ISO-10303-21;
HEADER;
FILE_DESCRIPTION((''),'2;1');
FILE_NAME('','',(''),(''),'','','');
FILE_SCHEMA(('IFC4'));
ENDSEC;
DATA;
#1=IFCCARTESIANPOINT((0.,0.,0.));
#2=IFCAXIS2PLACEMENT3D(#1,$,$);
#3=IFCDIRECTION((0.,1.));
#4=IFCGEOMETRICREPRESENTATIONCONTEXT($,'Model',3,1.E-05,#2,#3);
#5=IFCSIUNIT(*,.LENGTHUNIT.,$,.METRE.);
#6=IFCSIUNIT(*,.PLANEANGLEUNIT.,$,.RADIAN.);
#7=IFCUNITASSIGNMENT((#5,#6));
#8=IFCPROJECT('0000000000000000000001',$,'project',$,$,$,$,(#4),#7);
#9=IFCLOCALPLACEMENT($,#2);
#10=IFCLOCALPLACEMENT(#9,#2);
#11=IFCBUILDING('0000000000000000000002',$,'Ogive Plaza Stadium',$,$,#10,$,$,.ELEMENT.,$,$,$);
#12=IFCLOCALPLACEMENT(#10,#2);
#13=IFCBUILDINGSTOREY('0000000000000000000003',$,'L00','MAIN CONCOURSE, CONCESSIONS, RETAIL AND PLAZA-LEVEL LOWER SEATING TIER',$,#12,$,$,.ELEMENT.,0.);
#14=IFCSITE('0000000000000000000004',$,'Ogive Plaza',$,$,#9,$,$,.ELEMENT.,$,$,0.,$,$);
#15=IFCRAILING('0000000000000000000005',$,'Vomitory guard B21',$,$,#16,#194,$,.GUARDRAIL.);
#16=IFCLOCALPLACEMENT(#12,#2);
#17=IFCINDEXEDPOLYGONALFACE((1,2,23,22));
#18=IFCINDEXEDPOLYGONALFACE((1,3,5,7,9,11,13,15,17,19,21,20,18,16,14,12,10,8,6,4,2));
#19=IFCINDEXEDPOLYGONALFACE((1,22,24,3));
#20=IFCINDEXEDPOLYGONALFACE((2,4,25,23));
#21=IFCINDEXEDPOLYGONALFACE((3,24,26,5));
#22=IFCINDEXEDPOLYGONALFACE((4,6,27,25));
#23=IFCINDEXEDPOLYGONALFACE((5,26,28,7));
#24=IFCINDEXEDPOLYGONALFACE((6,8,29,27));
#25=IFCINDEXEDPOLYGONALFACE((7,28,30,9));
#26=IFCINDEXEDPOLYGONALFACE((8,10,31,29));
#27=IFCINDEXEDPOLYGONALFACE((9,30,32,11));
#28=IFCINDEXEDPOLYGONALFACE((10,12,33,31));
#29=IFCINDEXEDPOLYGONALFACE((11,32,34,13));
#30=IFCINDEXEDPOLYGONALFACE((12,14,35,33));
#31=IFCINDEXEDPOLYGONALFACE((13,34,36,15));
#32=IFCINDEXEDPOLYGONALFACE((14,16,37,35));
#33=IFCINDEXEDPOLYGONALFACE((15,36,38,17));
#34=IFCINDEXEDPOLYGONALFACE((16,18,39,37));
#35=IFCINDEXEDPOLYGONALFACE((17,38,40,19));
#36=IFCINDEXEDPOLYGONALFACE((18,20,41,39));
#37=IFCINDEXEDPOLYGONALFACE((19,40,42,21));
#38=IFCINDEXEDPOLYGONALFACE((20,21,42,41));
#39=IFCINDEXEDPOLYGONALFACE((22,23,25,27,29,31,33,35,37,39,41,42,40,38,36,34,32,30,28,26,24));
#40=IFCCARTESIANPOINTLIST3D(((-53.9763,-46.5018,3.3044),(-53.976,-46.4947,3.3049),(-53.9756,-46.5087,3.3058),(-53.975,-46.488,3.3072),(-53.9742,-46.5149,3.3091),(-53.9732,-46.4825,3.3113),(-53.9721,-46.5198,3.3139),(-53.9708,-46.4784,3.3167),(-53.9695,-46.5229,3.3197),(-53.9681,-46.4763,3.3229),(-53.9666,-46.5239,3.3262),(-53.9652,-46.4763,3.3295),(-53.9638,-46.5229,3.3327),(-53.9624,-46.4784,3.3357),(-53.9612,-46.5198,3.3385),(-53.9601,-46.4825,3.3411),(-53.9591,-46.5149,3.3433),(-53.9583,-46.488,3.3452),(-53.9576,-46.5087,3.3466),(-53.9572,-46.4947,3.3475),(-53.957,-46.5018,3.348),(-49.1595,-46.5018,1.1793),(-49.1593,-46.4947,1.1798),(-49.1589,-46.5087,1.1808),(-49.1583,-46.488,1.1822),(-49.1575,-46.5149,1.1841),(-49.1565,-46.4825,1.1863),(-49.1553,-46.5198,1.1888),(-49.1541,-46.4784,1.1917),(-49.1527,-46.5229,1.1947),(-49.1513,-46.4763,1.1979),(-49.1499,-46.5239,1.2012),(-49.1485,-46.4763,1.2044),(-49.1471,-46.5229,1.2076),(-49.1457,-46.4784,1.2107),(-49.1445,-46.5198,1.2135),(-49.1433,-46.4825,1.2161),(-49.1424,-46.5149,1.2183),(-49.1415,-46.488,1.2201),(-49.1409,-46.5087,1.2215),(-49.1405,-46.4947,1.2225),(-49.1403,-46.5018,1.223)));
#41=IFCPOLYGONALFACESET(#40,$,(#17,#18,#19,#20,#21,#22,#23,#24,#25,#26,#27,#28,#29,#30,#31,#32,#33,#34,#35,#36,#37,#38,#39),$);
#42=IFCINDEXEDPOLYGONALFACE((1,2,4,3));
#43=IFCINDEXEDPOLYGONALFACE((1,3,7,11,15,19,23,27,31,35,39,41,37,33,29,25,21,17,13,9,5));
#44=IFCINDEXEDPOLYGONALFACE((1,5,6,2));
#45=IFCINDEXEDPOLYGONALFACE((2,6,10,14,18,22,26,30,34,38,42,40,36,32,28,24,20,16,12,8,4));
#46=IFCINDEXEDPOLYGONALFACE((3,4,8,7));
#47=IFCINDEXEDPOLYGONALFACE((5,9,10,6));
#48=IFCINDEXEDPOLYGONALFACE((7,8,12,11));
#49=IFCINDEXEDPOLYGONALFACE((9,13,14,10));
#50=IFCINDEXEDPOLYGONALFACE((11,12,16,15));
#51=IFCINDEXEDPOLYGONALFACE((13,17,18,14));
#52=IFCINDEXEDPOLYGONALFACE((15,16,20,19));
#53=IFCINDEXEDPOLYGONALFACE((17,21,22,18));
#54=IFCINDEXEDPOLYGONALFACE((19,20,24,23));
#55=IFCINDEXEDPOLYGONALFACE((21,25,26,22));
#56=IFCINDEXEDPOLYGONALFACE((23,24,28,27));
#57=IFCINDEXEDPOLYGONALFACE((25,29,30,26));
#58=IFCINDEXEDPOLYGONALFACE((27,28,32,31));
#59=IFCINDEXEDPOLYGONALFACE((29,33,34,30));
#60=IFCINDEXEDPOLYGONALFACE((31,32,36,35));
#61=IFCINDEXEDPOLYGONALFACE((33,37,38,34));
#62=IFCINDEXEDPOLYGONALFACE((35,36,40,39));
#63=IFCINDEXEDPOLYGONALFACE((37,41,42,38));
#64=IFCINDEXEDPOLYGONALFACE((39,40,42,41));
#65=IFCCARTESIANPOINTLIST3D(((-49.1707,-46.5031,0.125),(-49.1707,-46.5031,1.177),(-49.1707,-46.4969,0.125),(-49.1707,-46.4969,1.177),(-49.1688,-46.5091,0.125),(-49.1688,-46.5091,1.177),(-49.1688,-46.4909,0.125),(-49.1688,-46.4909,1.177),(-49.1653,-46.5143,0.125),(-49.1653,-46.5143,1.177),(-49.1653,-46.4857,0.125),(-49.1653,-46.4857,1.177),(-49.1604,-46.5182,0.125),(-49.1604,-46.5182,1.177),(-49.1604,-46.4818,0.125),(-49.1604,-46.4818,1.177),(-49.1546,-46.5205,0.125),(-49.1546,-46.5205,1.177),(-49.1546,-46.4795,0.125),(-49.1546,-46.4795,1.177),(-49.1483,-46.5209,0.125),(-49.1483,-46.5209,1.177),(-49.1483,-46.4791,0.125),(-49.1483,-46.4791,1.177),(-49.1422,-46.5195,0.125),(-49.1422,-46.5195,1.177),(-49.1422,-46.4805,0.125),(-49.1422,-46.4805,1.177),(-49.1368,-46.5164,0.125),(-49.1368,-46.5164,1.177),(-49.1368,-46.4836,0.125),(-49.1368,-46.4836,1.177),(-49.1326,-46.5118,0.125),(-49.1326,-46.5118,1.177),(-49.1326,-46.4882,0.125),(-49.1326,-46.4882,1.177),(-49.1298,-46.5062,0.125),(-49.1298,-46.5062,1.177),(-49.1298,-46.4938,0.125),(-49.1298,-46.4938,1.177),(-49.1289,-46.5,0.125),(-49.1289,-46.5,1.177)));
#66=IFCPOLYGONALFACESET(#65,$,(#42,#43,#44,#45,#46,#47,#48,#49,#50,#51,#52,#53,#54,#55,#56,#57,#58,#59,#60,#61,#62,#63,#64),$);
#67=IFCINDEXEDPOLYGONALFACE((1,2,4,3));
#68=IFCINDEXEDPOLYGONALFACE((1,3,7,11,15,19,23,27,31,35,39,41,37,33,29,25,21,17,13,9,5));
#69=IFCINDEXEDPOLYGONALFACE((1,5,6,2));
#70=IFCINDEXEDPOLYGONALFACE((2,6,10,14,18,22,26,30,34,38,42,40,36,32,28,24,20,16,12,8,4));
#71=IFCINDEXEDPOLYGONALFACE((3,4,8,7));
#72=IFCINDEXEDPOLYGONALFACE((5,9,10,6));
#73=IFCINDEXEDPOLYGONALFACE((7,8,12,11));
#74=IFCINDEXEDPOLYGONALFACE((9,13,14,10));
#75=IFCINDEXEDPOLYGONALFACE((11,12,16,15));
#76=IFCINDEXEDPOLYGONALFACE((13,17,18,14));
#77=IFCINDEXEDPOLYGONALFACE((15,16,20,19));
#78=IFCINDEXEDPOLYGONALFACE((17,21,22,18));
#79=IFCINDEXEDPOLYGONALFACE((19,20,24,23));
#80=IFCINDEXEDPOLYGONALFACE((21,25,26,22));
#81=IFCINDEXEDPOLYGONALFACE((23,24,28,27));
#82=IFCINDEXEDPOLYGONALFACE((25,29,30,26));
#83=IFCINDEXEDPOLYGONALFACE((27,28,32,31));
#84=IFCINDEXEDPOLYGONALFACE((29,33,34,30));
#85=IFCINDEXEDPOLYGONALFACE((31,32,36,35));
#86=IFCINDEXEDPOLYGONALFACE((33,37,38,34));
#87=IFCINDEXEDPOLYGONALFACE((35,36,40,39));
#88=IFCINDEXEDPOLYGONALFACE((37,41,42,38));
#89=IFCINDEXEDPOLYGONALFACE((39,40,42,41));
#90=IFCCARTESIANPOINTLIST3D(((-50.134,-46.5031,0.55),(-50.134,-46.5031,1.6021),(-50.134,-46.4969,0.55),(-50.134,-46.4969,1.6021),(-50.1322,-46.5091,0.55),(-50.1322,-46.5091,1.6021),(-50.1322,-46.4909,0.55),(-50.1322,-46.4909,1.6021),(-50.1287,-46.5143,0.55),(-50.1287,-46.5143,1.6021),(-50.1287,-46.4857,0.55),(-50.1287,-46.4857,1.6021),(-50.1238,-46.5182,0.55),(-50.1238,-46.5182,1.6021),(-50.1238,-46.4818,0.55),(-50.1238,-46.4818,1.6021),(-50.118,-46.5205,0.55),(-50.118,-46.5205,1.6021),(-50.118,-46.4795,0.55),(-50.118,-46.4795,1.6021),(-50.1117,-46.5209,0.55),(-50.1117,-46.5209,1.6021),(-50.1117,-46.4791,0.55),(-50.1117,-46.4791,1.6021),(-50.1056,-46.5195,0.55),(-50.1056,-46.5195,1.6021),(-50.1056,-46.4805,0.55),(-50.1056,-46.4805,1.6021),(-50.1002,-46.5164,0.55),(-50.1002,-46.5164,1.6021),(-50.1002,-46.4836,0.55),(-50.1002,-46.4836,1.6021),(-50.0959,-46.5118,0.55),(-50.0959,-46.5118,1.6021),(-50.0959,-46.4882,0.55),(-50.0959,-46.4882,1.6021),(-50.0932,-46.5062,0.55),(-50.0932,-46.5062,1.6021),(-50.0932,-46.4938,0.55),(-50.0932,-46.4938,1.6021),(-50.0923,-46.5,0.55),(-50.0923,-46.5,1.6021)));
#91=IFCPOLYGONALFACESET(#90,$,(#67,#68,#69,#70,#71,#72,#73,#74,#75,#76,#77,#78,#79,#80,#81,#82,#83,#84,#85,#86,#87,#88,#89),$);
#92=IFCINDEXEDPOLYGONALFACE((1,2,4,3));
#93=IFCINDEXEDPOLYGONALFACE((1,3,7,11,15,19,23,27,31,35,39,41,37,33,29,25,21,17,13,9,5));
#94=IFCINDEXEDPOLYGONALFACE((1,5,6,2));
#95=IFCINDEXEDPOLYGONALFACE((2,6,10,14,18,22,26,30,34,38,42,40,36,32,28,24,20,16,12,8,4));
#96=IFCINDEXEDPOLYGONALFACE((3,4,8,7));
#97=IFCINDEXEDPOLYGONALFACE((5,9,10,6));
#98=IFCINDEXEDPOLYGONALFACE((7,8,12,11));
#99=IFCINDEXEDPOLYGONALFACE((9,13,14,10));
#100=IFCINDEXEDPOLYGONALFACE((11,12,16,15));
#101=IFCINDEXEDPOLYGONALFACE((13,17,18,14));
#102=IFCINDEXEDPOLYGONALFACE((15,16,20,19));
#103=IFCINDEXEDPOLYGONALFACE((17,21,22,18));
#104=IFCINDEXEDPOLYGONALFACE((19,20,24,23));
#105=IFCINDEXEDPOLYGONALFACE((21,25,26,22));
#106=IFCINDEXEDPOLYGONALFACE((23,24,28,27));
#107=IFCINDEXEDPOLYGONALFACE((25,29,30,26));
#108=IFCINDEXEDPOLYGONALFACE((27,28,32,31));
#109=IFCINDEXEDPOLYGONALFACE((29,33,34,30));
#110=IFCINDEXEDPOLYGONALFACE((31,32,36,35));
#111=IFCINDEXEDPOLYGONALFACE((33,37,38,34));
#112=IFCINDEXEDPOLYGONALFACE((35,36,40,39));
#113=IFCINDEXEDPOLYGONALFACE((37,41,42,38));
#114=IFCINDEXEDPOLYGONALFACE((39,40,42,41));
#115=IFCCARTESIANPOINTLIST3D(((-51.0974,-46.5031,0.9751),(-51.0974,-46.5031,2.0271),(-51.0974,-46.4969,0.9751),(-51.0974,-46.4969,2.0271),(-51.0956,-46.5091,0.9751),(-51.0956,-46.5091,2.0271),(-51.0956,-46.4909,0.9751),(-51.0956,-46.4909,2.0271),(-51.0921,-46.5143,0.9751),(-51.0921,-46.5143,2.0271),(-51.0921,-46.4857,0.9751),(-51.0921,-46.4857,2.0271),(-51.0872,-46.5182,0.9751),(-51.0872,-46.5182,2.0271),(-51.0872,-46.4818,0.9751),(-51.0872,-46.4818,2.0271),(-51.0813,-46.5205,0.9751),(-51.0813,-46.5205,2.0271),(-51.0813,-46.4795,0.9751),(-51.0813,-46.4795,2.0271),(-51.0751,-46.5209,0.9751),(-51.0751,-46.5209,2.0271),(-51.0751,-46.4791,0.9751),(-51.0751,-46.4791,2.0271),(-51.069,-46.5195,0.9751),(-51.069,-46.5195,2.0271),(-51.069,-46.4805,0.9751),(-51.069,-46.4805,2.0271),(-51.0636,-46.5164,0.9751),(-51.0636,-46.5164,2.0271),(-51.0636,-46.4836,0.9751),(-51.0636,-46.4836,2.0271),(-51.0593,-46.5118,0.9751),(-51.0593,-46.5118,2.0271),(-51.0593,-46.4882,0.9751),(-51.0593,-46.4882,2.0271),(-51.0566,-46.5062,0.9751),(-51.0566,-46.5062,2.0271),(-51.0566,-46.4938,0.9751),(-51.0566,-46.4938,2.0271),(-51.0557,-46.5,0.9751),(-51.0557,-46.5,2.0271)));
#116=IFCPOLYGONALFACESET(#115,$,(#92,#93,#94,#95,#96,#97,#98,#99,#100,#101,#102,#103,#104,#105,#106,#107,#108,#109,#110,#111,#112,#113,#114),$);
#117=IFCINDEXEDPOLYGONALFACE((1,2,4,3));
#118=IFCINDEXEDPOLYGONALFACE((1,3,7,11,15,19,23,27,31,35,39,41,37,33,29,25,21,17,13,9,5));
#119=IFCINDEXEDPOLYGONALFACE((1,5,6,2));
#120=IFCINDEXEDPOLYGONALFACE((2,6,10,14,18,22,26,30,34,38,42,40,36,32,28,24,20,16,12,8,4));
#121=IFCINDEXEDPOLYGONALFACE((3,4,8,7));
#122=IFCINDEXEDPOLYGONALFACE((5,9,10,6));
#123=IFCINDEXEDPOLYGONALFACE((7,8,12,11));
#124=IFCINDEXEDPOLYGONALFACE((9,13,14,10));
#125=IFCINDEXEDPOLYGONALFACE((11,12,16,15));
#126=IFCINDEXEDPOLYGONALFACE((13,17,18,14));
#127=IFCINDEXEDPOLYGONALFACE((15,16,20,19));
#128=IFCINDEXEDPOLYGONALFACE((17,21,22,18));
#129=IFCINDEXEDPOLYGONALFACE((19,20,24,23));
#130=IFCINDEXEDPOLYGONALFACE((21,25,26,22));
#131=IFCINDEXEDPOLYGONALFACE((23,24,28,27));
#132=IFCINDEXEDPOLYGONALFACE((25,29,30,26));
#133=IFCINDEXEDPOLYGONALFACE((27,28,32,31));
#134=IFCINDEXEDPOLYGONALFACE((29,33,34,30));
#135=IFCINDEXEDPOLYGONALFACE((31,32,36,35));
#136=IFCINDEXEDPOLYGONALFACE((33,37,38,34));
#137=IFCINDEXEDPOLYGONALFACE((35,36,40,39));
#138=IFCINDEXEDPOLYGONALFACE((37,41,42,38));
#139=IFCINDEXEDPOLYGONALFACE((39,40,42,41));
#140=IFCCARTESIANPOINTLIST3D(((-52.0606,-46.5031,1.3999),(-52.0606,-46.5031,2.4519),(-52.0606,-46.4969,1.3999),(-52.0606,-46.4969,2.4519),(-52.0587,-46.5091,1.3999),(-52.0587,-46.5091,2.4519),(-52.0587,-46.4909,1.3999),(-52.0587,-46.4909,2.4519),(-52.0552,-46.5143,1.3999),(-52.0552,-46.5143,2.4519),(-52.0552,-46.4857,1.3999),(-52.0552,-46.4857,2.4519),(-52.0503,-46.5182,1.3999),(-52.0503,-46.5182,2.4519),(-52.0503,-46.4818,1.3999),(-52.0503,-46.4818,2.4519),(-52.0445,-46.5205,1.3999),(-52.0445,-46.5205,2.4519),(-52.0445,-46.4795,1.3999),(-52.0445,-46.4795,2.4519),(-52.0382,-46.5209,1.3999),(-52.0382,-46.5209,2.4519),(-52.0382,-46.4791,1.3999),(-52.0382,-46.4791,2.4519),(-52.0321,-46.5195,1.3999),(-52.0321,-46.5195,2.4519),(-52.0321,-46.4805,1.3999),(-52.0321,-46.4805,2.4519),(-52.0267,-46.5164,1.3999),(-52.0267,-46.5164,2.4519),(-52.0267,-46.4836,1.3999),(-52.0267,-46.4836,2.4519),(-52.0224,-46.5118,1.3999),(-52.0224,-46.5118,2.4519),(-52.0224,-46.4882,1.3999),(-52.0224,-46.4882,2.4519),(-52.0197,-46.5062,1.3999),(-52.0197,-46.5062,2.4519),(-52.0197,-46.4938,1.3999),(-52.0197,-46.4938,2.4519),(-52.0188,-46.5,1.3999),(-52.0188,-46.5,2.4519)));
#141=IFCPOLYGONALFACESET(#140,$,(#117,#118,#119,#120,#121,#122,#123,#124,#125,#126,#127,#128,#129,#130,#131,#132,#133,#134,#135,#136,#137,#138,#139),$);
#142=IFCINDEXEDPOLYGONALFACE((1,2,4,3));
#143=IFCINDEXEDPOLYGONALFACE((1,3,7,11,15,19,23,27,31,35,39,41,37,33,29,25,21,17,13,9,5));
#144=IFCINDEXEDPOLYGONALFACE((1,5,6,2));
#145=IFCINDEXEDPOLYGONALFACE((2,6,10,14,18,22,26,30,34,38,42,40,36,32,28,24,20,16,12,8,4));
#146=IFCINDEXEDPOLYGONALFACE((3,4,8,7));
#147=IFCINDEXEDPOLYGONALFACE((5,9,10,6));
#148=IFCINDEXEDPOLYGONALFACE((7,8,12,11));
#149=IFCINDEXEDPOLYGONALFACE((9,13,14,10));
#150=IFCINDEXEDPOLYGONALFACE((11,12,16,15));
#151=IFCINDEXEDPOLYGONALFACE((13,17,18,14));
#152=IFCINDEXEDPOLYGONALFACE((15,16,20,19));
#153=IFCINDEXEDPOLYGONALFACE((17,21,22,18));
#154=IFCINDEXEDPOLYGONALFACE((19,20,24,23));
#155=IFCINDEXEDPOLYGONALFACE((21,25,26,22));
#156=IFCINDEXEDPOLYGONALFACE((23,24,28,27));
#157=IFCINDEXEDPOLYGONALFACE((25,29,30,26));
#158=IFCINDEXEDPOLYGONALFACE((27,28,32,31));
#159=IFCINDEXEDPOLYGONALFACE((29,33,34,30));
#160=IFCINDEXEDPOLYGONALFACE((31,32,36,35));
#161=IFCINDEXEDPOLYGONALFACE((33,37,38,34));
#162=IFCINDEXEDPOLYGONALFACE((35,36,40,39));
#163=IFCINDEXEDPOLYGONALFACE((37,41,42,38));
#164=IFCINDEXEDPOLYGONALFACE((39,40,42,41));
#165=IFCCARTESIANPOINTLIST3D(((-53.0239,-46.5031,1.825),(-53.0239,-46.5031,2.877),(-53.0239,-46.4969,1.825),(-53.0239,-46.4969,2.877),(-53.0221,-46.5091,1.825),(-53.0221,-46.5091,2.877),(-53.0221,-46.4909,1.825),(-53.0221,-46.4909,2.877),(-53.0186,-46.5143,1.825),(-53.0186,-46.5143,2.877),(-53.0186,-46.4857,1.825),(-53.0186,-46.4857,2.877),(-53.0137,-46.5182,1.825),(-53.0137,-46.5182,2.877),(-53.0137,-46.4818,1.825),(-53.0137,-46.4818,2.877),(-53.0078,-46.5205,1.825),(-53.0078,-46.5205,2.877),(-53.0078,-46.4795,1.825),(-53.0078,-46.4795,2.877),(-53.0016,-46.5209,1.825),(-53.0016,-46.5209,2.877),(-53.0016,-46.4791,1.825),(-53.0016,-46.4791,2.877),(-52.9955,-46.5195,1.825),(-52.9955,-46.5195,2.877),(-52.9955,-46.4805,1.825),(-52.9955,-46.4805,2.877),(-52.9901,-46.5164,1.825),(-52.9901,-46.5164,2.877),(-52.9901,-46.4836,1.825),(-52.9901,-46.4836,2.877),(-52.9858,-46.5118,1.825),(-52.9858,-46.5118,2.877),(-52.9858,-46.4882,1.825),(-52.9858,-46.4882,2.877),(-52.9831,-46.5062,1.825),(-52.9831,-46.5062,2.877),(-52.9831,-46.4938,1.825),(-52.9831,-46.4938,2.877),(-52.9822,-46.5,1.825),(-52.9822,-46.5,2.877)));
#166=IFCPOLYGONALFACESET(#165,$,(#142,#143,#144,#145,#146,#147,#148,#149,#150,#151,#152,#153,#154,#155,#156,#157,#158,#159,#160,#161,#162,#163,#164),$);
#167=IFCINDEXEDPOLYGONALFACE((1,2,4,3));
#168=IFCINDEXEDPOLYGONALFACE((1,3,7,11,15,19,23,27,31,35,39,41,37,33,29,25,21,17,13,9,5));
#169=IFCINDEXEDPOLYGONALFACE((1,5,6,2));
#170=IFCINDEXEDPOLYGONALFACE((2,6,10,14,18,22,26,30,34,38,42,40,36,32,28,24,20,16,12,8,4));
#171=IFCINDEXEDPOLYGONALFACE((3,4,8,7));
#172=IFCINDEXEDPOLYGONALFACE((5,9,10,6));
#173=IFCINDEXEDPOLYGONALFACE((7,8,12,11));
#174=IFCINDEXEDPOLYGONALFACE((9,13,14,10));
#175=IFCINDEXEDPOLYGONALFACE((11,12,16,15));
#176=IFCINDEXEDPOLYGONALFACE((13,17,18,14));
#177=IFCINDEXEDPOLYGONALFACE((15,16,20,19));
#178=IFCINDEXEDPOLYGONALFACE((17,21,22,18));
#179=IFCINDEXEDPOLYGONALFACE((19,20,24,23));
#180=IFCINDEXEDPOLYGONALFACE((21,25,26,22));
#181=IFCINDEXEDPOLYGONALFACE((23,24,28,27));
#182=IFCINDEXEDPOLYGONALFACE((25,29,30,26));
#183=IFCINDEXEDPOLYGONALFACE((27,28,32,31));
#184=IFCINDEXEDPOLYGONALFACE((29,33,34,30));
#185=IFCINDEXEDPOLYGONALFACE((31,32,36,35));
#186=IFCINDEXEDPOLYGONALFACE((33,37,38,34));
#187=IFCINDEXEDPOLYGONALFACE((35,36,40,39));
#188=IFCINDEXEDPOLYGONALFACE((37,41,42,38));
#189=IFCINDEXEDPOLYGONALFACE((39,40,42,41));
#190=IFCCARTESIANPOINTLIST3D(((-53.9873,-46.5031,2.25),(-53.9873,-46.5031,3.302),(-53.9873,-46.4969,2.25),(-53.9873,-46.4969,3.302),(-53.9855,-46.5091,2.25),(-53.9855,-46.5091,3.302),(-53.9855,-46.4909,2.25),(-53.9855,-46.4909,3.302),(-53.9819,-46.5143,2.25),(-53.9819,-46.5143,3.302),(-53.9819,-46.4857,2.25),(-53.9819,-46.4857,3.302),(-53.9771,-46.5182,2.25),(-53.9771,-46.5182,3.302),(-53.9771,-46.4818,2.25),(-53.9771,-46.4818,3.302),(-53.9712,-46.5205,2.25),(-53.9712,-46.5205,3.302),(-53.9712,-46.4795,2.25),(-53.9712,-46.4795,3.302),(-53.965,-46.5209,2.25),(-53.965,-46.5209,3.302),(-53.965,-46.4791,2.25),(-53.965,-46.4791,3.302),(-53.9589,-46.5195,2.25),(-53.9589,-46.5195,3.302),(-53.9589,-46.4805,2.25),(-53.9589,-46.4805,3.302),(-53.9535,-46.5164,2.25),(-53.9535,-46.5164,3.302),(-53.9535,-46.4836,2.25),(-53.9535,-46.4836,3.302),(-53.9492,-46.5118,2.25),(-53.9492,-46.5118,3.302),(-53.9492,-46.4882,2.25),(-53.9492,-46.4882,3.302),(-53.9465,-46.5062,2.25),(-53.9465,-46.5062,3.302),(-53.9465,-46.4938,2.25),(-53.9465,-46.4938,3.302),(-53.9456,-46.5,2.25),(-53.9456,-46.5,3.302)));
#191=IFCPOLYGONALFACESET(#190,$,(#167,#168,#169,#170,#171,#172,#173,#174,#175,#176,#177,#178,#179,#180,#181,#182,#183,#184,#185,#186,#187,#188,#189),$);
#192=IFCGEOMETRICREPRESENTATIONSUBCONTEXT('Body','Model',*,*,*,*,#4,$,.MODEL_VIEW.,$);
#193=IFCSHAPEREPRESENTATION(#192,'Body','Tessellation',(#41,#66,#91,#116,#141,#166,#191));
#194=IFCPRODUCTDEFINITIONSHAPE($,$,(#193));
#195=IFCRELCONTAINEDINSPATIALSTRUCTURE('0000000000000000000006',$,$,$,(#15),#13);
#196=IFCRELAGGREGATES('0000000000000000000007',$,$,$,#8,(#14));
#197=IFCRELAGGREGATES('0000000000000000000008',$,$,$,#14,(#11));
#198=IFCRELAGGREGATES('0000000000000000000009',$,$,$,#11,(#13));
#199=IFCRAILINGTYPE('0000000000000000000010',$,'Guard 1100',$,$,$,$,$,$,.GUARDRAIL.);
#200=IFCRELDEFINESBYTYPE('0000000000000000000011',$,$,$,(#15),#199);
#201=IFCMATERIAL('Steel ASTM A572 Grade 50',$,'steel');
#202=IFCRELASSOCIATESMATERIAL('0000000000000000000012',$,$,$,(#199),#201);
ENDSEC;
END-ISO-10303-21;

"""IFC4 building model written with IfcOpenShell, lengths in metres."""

from ifc_helpers import new_model, si_unit, direction, frame, origin, origin_2d, place, context, subcontext, project, spatial, circle, extrude, material, type_object, element, save


model = new_model("IFC4")

# Units and contexts
model_context = context("Model", 3, precision=1e-05, world=origin(), true_north=direction((0.0, 1.0)))
body_context = subcontext(model_context, "Body", "Model", "MODEL_VIEW")
ifc_project = project(units=[si_unit("LENGTHUNIT", "METRE"), si_unit("PLANEANGLEUNIT", "RADIAN")], contexts=[model_context])

# Site, building, storey
site_placement = place(None, origin())
site = spatial("IfcSite", under=ifc_project, at=site_placement, Name="Ogive Plaza", CompositionType="ELEMENT", RefElevation=0.0)
building_placement = place(site_placement, origin())
building = spatial("IfcBuilding", under=site, at=building_placement, Name="Ogive Plaza Stadium", CompositionType="ELEMENT")
storey_placement = place(building_placement, origin())
storey = spatial("IfcBuildingStorey", under=building, at=storey_placement, Name="L00", Description="MAIN CONCOURSE, CONCESSIONS, RETAIL AND PLAZA-LEVEL LOWER SEATING TIER", CompositionType="ELEMENT", Elevation=0.0)

# Railing
ifc_material_1 = material(Name="Steel ASTM A572 Grade 50", Category="steel")
railing_type = type_object("IfcRailingType", Name="Guard 1100", PredefinedType="GUARDRAIL", material=ifc_material_1)
for number, where, name in (
    (1, (-49.1499, -46.5, 0.125), "Vomitory guard B21"),
):
    element("IfcRailing", number, at=place(storey_placement, frame(where)), inside=storey, type_object=railing_type, Name=name, PredefinedType="GUARDRAIL", context=body_context, shape_type="SweptSolid", body=[
        extrude(circle(Radius=0.0239, at=origin_2d()), frame((0.0, 0.0, 1.0762), z_axis=(-0.914917, 0.0, 0.403641), x_axis=(0.0, -1.0, 0.0)), (0.0, 0.0, 1.0), 5.2646),
        extrude(circle(Radius=0.021, at=origin_2d()), origin(), (0.0, 0.0, 1.0), 1.052),
        extrude(circle(Radius=0.021, at=origin_2d()), frame((-0.9634, 0.0, 0.425)), (0.0, 0.0, 1.0), 1.052),
        extrude(circle(Radius=0.021, at=origin_2d()), frame((-1.9268, 0.0, 0.8501)), (0.0, 0.0, 1.0), 1.052),
        extrude(circle(Radius=0.021, at=origin_2d()), frame((-2.8899, 0.0, 1.2749)), (0.0, 0.0, 1.0), 1.052),
        extrude(circle(Radius=0.021, at=origin_2d()), frame((-3.8533, 0.0, 1.7)), (0.0, 0.0, 1.0), 1.052),
        extrude(circle(Radius=0.021, at=origin_2d()), frame((-4.8167, 0.0, 2.125)), (0.0, 0.0, 1.0), 1.052),
    ])

save(model, "model.ifc")
